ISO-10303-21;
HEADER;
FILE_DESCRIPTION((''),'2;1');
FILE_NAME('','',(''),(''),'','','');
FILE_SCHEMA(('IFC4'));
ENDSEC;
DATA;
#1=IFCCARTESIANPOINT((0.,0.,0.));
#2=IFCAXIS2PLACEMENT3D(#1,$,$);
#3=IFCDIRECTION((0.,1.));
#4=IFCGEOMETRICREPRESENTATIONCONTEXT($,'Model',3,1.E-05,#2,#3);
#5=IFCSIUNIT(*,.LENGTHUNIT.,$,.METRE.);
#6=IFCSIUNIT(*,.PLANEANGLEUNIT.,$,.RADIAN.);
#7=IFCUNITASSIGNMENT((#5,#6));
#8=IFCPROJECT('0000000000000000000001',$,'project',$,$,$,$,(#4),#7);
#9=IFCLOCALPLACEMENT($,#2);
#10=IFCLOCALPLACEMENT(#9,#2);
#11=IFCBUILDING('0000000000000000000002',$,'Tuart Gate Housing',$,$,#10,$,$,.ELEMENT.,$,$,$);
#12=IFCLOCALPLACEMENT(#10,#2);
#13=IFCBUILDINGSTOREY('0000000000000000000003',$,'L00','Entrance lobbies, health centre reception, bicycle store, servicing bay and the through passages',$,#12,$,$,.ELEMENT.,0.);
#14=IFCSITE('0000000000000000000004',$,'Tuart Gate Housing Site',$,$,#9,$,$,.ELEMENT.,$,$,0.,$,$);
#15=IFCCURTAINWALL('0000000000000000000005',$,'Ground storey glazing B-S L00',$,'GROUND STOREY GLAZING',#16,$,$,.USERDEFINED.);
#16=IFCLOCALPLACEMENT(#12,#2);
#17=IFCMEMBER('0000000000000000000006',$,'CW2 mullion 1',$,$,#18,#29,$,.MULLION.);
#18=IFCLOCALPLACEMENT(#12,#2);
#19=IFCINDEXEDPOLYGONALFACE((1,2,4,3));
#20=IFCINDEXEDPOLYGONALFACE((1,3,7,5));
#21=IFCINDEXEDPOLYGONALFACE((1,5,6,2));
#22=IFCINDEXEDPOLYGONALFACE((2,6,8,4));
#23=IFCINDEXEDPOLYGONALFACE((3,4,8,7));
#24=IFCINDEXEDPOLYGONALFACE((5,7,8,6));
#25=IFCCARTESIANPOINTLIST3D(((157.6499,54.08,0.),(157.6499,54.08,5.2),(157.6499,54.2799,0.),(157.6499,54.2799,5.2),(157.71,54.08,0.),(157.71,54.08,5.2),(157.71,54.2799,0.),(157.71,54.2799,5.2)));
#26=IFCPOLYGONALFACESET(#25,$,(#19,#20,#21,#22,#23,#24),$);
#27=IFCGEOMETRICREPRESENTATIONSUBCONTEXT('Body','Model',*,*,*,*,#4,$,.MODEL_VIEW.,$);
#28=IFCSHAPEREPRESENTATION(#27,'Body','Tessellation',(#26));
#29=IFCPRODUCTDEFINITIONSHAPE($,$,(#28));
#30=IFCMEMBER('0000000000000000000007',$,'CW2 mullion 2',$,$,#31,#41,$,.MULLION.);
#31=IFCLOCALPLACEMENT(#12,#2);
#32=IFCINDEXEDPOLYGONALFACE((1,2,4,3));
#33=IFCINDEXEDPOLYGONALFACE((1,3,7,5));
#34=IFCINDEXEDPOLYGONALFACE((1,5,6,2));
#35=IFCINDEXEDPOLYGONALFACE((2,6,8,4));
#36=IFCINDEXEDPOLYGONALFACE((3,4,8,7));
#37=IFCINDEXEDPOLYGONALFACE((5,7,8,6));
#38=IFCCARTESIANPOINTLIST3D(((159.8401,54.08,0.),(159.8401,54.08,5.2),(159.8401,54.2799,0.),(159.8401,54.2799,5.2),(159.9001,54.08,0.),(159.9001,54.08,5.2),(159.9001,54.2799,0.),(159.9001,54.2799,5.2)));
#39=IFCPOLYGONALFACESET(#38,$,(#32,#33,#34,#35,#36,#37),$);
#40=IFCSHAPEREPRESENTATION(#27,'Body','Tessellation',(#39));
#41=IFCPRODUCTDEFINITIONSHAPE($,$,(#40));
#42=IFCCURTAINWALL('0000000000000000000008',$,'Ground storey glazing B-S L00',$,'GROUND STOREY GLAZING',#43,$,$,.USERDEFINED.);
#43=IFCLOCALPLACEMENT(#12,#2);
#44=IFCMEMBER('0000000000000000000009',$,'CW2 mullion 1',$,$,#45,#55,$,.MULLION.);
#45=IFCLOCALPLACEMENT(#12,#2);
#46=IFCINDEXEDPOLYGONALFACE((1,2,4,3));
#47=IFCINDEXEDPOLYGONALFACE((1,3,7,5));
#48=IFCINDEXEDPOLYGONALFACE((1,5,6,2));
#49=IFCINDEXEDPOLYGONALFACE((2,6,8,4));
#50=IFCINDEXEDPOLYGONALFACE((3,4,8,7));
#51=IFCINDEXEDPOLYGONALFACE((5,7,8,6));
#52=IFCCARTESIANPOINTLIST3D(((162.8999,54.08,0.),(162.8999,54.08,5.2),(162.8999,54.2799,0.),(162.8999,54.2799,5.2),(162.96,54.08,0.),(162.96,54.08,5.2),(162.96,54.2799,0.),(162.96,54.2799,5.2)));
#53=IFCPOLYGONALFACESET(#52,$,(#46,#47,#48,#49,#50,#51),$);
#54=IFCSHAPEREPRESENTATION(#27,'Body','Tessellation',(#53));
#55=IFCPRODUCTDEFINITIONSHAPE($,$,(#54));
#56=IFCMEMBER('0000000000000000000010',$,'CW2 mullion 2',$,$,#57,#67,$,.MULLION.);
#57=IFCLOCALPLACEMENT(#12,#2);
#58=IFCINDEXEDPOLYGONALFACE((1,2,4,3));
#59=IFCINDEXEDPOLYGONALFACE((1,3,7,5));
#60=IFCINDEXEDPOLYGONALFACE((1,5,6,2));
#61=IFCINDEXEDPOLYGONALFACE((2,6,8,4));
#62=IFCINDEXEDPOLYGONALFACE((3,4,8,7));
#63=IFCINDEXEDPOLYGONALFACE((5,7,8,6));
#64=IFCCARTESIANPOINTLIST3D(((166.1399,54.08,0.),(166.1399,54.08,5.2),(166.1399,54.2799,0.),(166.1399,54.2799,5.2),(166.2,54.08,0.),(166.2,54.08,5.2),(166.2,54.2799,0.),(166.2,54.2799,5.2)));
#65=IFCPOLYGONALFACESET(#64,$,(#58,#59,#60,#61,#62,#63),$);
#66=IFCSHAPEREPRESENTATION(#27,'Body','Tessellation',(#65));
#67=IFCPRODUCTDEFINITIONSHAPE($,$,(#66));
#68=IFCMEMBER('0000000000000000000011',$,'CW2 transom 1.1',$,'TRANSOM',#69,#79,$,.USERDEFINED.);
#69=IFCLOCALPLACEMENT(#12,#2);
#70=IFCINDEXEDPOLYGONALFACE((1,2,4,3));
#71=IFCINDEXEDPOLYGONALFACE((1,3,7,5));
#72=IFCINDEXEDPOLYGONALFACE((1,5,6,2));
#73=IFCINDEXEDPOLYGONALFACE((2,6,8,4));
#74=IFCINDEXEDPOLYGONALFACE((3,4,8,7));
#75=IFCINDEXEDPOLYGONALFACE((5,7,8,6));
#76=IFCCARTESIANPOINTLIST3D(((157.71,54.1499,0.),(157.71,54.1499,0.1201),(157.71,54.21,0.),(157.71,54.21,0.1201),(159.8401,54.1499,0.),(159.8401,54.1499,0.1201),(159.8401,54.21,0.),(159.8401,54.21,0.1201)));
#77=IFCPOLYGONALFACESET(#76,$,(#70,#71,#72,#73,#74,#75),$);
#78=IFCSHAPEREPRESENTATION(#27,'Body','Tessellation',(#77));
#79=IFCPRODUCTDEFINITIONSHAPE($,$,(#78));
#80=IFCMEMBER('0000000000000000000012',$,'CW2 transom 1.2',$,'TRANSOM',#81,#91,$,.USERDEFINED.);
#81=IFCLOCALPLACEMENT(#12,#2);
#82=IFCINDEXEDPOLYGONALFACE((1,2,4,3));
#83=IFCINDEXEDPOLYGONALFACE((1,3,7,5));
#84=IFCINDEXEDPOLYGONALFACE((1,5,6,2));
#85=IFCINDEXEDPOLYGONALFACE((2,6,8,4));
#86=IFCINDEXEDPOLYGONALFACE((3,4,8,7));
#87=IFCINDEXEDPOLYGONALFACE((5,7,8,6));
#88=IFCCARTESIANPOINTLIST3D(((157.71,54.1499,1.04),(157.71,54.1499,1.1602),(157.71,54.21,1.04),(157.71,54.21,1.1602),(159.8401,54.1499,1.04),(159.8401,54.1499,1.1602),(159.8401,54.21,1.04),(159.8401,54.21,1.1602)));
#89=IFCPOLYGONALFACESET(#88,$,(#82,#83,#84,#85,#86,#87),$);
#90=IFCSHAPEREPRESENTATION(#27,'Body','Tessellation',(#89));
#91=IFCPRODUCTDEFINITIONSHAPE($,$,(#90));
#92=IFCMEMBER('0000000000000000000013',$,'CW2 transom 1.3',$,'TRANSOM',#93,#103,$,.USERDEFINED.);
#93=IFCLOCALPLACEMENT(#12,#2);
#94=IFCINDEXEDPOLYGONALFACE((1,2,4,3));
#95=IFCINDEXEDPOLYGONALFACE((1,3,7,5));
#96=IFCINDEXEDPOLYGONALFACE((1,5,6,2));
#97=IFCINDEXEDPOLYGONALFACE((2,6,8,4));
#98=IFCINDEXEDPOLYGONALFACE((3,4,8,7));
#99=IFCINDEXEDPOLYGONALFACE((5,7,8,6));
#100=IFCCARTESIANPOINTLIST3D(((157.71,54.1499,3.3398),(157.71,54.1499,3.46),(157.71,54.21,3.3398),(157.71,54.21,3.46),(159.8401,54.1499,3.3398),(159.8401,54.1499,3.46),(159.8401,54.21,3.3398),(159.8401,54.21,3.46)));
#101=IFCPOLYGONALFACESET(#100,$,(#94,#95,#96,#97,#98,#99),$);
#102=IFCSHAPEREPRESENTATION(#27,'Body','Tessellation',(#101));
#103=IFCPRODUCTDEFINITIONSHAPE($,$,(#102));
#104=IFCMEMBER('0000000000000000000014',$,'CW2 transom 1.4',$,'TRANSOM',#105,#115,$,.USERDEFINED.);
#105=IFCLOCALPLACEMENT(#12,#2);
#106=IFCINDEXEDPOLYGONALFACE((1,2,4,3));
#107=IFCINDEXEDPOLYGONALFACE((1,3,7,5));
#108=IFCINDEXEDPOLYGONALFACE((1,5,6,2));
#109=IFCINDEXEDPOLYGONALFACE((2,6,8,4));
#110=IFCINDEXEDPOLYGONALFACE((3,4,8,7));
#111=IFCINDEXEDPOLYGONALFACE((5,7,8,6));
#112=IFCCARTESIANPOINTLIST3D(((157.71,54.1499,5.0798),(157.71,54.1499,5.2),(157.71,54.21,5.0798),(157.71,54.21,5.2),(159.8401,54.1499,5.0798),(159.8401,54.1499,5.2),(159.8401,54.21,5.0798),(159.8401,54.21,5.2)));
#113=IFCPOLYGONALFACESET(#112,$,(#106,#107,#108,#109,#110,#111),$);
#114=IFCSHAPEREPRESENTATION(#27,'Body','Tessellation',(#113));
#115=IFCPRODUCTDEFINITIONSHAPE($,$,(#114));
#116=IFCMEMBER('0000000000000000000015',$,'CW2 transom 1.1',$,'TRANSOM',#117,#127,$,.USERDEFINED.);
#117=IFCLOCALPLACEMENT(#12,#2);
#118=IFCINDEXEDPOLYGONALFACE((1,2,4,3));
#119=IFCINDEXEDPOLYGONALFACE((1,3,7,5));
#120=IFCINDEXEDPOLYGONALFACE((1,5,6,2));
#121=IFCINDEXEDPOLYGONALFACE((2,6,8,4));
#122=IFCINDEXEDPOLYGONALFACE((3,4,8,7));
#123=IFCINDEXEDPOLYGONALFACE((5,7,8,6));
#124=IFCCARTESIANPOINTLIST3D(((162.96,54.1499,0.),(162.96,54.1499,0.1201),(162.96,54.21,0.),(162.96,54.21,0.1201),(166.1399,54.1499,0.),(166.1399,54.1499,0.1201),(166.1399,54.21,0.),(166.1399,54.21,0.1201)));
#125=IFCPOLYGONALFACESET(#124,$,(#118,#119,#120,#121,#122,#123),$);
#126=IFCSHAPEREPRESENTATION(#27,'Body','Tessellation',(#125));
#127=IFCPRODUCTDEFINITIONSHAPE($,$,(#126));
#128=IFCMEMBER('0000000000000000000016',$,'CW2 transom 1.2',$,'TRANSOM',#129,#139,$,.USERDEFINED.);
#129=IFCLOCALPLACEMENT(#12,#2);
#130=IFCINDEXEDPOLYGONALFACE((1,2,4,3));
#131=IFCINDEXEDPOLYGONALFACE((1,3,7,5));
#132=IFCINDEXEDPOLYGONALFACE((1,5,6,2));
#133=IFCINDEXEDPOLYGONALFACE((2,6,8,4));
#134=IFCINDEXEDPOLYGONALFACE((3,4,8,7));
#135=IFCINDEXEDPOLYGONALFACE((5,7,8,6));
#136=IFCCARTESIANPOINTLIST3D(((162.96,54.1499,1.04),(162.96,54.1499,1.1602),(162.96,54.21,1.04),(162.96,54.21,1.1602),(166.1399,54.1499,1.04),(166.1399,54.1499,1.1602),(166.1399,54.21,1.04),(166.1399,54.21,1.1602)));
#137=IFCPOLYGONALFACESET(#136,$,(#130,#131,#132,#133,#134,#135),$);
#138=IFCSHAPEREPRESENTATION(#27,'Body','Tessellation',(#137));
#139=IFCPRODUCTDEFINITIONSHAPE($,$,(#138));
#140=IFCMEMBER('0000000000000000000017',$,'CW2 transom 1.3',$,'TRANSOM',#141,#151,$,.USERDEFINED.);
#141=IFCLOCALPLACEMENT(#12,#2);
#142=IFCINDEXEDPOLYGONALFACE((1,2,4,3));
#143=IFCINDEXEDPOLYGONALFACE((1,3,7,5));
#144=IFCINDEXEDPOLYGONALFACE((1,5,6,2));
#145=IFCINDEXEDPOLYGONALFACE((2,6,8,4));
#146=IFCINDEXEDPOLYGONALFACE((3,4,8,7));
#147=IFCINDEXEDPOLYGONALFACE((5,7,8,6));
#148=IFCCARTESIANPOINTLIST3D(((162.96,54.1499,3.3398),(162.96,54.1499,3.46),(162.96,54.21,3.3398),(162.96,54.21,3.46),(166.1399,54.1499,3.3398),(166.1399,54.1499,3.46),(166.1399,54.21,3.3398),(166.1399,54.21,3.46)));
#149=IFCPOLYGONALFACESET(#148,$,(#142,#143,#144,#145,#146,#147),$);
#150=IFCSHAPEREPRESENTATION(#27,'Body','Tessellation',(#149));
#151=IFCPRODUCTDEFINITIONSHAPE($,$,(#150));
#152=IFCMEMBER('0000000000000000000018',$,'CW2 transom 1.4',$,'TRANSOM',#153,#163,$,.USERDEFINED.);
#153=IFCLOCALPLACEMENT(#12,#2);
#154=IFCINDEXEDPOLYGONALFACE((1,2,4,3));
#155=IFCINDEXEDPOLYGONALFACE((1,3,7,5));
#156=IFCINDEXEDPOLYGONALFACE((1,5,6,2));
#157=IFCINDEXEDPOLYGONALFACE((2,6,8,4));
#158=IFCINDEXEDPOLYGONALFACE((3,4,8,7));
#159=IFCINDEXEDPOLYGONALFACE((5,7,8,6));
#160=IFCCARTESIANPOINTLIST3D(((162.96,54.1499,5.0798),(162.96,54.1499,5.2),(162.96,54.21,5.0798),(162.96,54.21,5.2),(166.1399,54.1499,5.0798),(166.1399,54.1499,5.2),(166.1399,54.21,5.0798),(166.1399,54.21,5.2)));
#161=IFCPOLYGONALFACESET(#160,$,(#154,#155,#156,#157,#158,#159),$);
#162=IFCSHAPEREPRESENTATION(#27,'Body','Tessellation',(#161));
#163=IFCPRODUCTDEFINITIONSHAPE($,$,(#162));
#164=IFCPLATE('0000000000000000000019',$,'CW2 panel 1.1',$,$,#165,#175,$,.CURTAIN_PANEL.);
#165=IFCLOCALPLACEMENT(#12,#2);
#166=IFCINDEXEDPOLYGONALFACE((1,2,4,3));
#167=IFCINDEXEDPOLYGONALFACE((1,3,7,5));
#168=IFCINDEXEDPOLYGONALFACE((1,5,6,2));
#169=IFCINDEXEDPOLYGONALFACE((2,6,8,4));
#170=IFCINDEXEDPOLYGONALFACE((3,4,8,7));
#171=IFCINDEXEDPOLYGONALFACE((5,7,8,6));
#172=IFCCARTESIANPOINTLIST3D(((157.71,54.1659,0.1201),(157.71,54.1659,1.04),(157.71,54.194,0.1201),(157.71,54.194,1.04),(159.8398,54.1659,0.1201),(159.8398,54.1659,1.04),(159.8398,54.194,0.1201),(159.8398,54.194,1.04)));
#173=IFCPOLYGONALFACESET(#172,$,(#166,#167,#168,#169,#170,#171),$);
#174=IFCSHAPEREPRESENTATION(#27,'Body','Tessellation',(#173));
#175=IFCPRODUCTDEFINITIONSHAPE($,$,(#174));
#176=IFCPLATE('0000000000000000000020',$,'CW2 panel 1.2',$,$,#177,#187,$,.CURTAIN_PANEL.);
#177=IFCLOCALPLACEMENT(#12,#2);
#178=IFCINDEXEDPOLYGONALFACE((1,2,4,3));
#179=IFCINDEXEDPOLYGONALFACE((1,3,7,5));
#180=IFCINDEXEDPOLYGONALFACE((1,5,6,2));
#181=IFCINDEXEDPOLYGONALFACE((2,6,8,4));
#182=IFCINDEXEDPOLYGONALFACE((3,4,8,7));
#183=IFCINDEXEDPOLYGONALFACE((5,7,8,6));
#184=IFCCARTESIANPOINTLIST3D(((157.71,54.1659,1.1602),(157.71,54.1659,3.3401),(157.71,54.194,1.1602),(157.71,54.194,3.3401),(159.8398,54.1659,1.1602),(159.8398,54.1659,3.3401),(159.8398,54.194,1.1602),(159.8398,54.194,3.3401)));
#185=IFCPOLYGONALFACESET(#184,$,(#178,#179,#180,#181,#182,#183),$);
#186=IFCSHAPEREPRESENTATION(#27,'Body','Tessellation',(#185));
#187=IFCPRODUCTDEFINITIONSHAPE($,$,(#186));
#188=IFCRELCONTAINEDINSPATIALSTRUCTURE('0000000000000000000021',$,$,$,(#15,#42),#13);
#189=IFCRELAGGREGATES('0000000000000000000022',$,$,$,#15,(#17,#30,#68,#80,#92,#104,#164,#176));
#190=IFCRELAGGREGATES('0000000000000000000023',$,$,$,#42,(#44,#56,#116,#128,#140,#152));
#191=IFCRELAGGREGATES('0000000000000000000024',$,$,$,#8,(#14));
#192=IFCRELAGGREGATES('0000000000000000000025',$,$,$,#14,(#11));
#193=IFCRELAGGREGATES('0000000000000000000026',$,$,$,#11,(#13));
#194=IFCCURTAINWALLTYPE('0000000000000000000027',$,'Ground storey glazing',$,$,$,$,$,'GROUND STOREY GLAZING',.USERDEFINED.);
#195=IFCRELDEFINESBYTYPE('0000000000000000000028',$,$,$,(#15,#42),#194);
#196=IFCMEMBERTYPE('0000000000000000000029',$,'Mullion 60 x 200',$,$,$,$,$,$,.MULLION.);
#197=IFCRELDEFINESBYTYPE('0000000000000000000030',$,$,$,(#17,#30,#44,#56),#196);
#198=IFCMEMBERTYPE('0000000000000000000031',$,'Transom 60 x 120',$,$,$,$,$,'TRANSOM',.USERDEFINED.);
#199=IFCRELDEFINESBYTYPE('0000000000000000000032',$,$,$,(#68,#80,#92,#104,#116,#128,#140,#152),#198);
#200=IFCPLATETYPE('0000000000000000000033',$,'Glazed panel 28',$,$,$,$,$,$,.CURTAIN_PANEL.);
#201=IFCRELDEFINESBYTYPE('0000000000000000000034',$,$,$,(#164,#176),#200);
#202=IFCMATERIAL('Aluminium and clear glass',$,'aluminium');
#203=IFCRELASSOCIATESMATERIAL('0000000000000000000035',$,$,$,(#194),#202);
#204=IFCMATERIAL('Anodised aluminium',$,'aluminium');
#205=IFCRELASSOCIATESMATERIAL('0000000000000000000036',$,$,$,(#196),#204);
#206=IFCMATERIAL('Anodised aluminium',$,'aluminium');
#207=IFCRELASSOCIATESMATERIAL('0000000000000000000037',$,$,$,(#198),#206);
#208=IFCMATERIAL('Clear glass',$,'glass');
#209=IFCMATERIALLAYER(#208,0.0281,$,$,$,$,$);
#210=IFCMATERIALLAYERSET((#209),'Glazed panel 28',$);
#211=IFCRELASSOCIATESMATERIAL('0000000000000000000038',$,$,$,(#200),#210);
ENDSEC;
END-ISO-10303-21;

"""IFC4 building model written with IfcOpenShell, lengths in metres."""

from ifc_helpers import new_model, si_unit, direction, frame, origin, origin_2d, place, context, subcontext, project, spatial, rectangle, extrude, material, layer, layer_set, material_profile, profile_set, type_object, element, aggregate, save


model = new_model("IFC4")

# Units and contexts
model_context = context("Model", 3, precision=1e-05, world=origin(), true_north=direction((0.0, 1.0)))
body_context = subcontext(model_context, "Body", "Model", "MODEL_VIEW")
ifc_project = project(units=[si_unit("LENGTHUNIT", "METRE"), si_unit("PLANEANGLEUNIT", "RADIAN")], contexts=[model_context])

# Site, building, storey
site_placement = place(None, origin())
site = spatial("IfcSite", under=ifc_project, at=site_placement, Name="Tuart Gate Housing Site", CompositionType="ELEMENT", RefElevation=0.0)
building_placement = place(site_placement, origin())
building = spatial("IfcBuilding", under=site, at=building_placement, Name="Tuart Gate Housing", CompositionType="ELEMENT")
storey_placement = place(building_placement, origin())
storey = spatial("IfcBuildingStorey", under=building, at=storey_placement, Name="L00", Description="Entrance lobbies, health centre reception, bicycle store, servicing bay and the through passages", CompositionType="ELEMENT", Elevation=0.0)

# Curtain walls, members
ifc_material_1 = material(Name="Aluminium and clear glass", Category="aluminium")
curtain_wall_type = type_object("IfcCurtainWallType", Name="Ground storey glazing", ElementType="GROUND STOREY GLAZING", PredefinedType="USERDEFINED", material=ifc_material_1)
curtain_wall_1_placement = place(storey_placement, origin())
curtain_wall_1 = element("IfcCurtainWall", 1, at=curtain_wall_1_placement, inside=storey, type_object=curtain_wall_type, Name="Ground storey glazing B-S L00", ObjectType="GROUND STOREY GLAZING", PredefinedType="USERDEFINED")
ifc_material_2 = material(Name="Anodised aluminium", Category="aluminium")
ifc_material_profile_1 = material_profile(ifc_material_2, rectangle(XDim=0.0601, YDim=0.2, at=origin_2d()), Name="60x200")
ifc_profile_set_1 = profile_set([ifc_material_profile_1], Name="Anodised aluminium")
member_type_1 = type_object("IfcMemberType", Name="Mullion 60 x 200", PredefinedType="MULLION", material=ifc_profile_set_1)
member_1_placement = place(storey_placement, frame((157.6799, 54.1799, 0.0), z_axis=(0.0, 0.0, 1.0), x_axis=(1.0, 0.0, 0.0)))
member_1 = element("IfcMember", 2, at=member_1_placement, type_object=member_type_1, Name="CW2 mullion 1", PredefinedType="MULLION", context=body_context, shape_type="SweptSolid", body=[
    extrude(rectangle(XDim=0.0601, YDim=0.2, at=origin_2d()), origin(), (0.0, 0.0, 1.0), 5.2),
])
member_2_placement = place(storey_placement, frame((159.8701, 54.1799, 0.0), z_axis=(0.0, 0.0, 1.0), x_axis=(1.0, 0.0, 0.0)))
member_2 = element("IfcMember", 3, at=member_2_placement, type_object=member_type_1, Name="CW2 mullion 2", PredefinedType="MULLION", context=body_context, shape_type="SweptSolid", body=[
    extrude(rectangle(XDim=0.0601, YDim=0.2, at=origin_2d()), origin(), (0.0, 0.0, 1.0), 5.2),
])
curtain_wall_2_placement = place(storey_placement, origin())
curtain_wall_2 = element("IfcCurtainWall", 4, at=curtain_wall_2_placement, inside=storey, type_object=curtain_wall_type, Name="Ground storey glazing B-S L00", ObjectType="GROUND STOREY GLAZING", PredefinedType="USERDEFINED")
member_3_placement = place(storey_placement, frame((162.9299, 54.1799, 0.0), z_axis=(0.0, 0.0, 1.0), x_axis=(1.0, 0.0, 0.0)))
member_3 = element("IfcMember", 5, at=member_3_placement, type_object=member_type_1, Name="CW2 mullion 1", PredefinedType="MULLION", context=body_context, shape_type="SweptSolid", body=[
    extrude(rectangle(XDim=0.0601, YDim=0.2, at=origin_2d()), origin(), (0.0, 0.0, 1.0), 5.2),
])
member_4_placement = place(storey_placement, frame((166.1699, 54.1799, 0.0), z_axis=(0.0, 0.0, 1.0), x_axis=(1.0, 0.0, 0.0)))
member_4 = element("IfcMember", 6, at=member_4_placement, type_object=member_type_1, Name="CW2 mullion 2", PredefinedType="MULLION", context=body_context, shape_type="SweptSolid", body=[
    extrude(rectangle(XDim=0.0601, YDim=0.2, at=origin_2d()), origin(), (0.0, 0.0, 1.0), 5.2),
])

# Members
ifc_material_3 = material(Name="Anodised aluminium", Category="aluminium")
ifc_material_profile_2 = material_profile(ifc_material_3, rectangle(XDim=0.0601, YDim=0.1201, at=origin_2d()), Name="60x120")
ifc_profile_set_2 = profile_set([ifc_material_profile_2], Name="Anodised aluminium")
member_type_2 = type_object("IfcMemberType", Name="Transom 60 x 120", ElementType="TRANSOM", PredefinedType="USERDEFINED", material=ifc_profile_set_2)
member_5_placement = place(storey_placement, frame((157.71, 54.1799, 0.0601), z_axis=(1.0, 0.0, 0.0), x_axis=(0.0, 1.0, 0.0)))
member_5 = element("IfcMember", 7, at=member_5_placement, type_object=member_type_2, Name="CW2 transom 1.1", ObjectType="TRANSOM", PredefinedType="USERDEFINED", context=body_context, shape_type="SweptSolid", body=[
    extrude(rectangle(XDim=0.0601, YDim=0.1201, at=origin_2d()), origin(), (0.0, 0.0, 1.0), 2.1301),
])
member_6_placement = place(storey_placement, frame((157.71, 54.1799, 1.1001), z_axis=(1.0, 0.0, 0.0), x_axis=(0.0, 1.0, 0.0)))
member_6 = element("IfcMember", 8, at=member_6_placement, type_object=member_type_2, Name="CW2 transom 1.2", ObjectType="TRANSOM", PredefinedType="USERDEFINED", context=body_context, shape_type="SweptSolid", body=[
    extrude(rectangle(XDim=0.0601, YDim=0.1201, at=origin_2d()), origin(), (0.0, 0.0, 1.0), 2.1301),
])
member_7_placement = place(storey_placement, frame((157.71, 54.1799, 3.3999), z_axis=(1.0, 0.0, 0.0), x_axis=(0.0, 1.0, 0.0)))
member_7 = element("IfcMember", 9, at=member_7_placement, type_object=member_type_2, Name="CW2 transom 1.3", ObjectType="TRANSOM", PredefinedType="USERDEFINED", context=body_context, shape_type="SweptSolid", body=[
    extrude(rectangle(XDim=0.0601, YDim=0.1201, at=origin_2d()), origin(), (0.0, 0.0, 1.0), 2.1301),
])
member_8_placement = place(storey_placement, frame((157.71, 54.1799, 5.1399), z_axis=(1.0, 0.0, 0.0), x_axis=(0.0, 1.0, 0.0)))
member_8 = element("IfcMember", 10, at=member_8_placement, type_object=member_type_2, Name="CW2 transom 1.4", ObjectType="TRANSOM", PredefinedType="USERDEFINED", context=body_context, shape_type="SweptSolid", body=[
    extrude(rectangle(XDim=0.0601, YDim=0.1201, at=origin_2d()), origin(), (0.0, 0.0, 1.0), 2.1301),
])
member_9_placement = place(storey_placement, frame((162.96, 54.1799, 0.0601), z_axis=(1.0, 0.0, 0.0), x_axis=(0.0, 1.0, 0.0)))
member_9 = element("IfcMember", 11, at=member_9_placement, type_object=member_type_2, Name="CW2 transom 1.1", ObjectType="TRANSOM", PredefinedType="USERDEFINED", context=body_context, shape_type="SweptSolid", body=[
    extrude(rectangle(XDim=0.0601, YDim=0.1201, at=origin_2d()), origin(), (0.0, 0.0, 1.0), 3.1799),
])
member_10_placement = place(storey_placement, frame((162.96, 54.1799, 1.1001), z_axis=(1.0, 0.0, 0.0), x_axis=(0.0, 1.0, 0.0)))
member_10 = element("IfcMember", 12, at=member_10_placement, type_object=member_type_2, Name="CW2 transom 1.2", ObjectType="TRANSOM", PredefinedType="USERDEFINED", context=body_context, shape_type="SweptSolid", body=[
    extrude(rectangle(XDim=0.0601, YDim=0.1201, at=origin_2d()), origin(), (0.0, 0.0, 1.0), 3.1799),
])
member_11_placement = place(storey_placement, frame((162.96, 54.1799, 3.3999), z_axis=(1.0, 0.0, 0.0), x_axis=(0.0, 1.0, 0.0)))
member_11 = element("IfcMember", 13, at=member_11_placement, type_object=member_type_2, Name="CW2 transom 1.3", ObjectType="TRANSOM", PredefinedType="USERDEFINED", context=body_context, shape_type="SweptSolid", body=[
    extrude(rectangle(XDim=0.0601, YDim=0.1201, at=origin_2d()), origin(), (0.0, 0.0, 1.0), 3.1799),
])
member_12_placement = place(storey_placement, frame((162.96, 54.1799, 5.1399), z_axis=(1.0, 0.0, 0.0), x_axis=(0.0, 1.0, 0.0)))
member_12 = element("IfcMember", 14, at=member_12_placement, type_object=member_type_2, Name="CW2 transom 1.4", ObjectType="TRANSOM", PredefinedType="USERDEFINED", context=body_context, shape_type="SweptSolid", body=[
    extrude(rectangle(XDim=0.0601, YDim=0.1201, at=origin_2d()), origin(), (0.0, 0.0, 1.0), 3.1799),
])

# Plates
ifc_material_4 = material(Name="Clear glass", Category="glass")
ifc_layer_1 = layer(ifc_material_4, 0.0281)
ifc_layer_set_1 = layer_set([ifc_layer_1], Name="Glazed panel 28")
plate_type = type_object("IfcPlateType", Name="Glazed panel 28", PredefinedType="CURTAIN_PANEL", material=ifc_layer_set_1)
plate_1_placement = place(storey_placement, frame((158.7749, 54.1799, 0.1201), z_axis=(0.0, 0.0, 1.0), x_axis=(1.0, 0.0, 0.0)))
plate_1 = element("IfcPlate", 15, at=plate_1_placement, type_object=plate_type, Name="CW2 panel 1.1", PredefinedType="CURTAIN_PANEL", context=body_context, shape_type="SweptSolid", body=[
    extrude(rectangle(XDim=2.1299, YDim=0.0281, at=origin_2d()), origin(), (0.0, 0.0, 1.0), 0.9199),
])
plate_2_placement = place(storey_placement, frame((158.7749, 54.1799, 1.1602), z_axis=(0.0, 0.0, 1.0), x_axis=(1.0, 0.0, 0.0)))
plate_2 = element("IfcPlate", 16, at=plate_2_placement, type_object=plate_type, Name="CW2 panel 1.2", PredefinedType="CURTAIN_PANEL", context=body_context, shape_type="SweptSolid", body=[
    extrude(rectangle(XDim=2.1299, YDim=0.0281, at=origin_2d()), origin(), (0.0, 0.0, 1.0), 2.1799),
])
aggregate(curtain_wall_1, [member_1, member_2, member_5, member_6, member_7, member_8, plate_1, plate_2])
aggregate(curtain_wall_2, [member_3, member_4, member_9, member_10, member_11, member_12])

save(model, "model.ifc")
